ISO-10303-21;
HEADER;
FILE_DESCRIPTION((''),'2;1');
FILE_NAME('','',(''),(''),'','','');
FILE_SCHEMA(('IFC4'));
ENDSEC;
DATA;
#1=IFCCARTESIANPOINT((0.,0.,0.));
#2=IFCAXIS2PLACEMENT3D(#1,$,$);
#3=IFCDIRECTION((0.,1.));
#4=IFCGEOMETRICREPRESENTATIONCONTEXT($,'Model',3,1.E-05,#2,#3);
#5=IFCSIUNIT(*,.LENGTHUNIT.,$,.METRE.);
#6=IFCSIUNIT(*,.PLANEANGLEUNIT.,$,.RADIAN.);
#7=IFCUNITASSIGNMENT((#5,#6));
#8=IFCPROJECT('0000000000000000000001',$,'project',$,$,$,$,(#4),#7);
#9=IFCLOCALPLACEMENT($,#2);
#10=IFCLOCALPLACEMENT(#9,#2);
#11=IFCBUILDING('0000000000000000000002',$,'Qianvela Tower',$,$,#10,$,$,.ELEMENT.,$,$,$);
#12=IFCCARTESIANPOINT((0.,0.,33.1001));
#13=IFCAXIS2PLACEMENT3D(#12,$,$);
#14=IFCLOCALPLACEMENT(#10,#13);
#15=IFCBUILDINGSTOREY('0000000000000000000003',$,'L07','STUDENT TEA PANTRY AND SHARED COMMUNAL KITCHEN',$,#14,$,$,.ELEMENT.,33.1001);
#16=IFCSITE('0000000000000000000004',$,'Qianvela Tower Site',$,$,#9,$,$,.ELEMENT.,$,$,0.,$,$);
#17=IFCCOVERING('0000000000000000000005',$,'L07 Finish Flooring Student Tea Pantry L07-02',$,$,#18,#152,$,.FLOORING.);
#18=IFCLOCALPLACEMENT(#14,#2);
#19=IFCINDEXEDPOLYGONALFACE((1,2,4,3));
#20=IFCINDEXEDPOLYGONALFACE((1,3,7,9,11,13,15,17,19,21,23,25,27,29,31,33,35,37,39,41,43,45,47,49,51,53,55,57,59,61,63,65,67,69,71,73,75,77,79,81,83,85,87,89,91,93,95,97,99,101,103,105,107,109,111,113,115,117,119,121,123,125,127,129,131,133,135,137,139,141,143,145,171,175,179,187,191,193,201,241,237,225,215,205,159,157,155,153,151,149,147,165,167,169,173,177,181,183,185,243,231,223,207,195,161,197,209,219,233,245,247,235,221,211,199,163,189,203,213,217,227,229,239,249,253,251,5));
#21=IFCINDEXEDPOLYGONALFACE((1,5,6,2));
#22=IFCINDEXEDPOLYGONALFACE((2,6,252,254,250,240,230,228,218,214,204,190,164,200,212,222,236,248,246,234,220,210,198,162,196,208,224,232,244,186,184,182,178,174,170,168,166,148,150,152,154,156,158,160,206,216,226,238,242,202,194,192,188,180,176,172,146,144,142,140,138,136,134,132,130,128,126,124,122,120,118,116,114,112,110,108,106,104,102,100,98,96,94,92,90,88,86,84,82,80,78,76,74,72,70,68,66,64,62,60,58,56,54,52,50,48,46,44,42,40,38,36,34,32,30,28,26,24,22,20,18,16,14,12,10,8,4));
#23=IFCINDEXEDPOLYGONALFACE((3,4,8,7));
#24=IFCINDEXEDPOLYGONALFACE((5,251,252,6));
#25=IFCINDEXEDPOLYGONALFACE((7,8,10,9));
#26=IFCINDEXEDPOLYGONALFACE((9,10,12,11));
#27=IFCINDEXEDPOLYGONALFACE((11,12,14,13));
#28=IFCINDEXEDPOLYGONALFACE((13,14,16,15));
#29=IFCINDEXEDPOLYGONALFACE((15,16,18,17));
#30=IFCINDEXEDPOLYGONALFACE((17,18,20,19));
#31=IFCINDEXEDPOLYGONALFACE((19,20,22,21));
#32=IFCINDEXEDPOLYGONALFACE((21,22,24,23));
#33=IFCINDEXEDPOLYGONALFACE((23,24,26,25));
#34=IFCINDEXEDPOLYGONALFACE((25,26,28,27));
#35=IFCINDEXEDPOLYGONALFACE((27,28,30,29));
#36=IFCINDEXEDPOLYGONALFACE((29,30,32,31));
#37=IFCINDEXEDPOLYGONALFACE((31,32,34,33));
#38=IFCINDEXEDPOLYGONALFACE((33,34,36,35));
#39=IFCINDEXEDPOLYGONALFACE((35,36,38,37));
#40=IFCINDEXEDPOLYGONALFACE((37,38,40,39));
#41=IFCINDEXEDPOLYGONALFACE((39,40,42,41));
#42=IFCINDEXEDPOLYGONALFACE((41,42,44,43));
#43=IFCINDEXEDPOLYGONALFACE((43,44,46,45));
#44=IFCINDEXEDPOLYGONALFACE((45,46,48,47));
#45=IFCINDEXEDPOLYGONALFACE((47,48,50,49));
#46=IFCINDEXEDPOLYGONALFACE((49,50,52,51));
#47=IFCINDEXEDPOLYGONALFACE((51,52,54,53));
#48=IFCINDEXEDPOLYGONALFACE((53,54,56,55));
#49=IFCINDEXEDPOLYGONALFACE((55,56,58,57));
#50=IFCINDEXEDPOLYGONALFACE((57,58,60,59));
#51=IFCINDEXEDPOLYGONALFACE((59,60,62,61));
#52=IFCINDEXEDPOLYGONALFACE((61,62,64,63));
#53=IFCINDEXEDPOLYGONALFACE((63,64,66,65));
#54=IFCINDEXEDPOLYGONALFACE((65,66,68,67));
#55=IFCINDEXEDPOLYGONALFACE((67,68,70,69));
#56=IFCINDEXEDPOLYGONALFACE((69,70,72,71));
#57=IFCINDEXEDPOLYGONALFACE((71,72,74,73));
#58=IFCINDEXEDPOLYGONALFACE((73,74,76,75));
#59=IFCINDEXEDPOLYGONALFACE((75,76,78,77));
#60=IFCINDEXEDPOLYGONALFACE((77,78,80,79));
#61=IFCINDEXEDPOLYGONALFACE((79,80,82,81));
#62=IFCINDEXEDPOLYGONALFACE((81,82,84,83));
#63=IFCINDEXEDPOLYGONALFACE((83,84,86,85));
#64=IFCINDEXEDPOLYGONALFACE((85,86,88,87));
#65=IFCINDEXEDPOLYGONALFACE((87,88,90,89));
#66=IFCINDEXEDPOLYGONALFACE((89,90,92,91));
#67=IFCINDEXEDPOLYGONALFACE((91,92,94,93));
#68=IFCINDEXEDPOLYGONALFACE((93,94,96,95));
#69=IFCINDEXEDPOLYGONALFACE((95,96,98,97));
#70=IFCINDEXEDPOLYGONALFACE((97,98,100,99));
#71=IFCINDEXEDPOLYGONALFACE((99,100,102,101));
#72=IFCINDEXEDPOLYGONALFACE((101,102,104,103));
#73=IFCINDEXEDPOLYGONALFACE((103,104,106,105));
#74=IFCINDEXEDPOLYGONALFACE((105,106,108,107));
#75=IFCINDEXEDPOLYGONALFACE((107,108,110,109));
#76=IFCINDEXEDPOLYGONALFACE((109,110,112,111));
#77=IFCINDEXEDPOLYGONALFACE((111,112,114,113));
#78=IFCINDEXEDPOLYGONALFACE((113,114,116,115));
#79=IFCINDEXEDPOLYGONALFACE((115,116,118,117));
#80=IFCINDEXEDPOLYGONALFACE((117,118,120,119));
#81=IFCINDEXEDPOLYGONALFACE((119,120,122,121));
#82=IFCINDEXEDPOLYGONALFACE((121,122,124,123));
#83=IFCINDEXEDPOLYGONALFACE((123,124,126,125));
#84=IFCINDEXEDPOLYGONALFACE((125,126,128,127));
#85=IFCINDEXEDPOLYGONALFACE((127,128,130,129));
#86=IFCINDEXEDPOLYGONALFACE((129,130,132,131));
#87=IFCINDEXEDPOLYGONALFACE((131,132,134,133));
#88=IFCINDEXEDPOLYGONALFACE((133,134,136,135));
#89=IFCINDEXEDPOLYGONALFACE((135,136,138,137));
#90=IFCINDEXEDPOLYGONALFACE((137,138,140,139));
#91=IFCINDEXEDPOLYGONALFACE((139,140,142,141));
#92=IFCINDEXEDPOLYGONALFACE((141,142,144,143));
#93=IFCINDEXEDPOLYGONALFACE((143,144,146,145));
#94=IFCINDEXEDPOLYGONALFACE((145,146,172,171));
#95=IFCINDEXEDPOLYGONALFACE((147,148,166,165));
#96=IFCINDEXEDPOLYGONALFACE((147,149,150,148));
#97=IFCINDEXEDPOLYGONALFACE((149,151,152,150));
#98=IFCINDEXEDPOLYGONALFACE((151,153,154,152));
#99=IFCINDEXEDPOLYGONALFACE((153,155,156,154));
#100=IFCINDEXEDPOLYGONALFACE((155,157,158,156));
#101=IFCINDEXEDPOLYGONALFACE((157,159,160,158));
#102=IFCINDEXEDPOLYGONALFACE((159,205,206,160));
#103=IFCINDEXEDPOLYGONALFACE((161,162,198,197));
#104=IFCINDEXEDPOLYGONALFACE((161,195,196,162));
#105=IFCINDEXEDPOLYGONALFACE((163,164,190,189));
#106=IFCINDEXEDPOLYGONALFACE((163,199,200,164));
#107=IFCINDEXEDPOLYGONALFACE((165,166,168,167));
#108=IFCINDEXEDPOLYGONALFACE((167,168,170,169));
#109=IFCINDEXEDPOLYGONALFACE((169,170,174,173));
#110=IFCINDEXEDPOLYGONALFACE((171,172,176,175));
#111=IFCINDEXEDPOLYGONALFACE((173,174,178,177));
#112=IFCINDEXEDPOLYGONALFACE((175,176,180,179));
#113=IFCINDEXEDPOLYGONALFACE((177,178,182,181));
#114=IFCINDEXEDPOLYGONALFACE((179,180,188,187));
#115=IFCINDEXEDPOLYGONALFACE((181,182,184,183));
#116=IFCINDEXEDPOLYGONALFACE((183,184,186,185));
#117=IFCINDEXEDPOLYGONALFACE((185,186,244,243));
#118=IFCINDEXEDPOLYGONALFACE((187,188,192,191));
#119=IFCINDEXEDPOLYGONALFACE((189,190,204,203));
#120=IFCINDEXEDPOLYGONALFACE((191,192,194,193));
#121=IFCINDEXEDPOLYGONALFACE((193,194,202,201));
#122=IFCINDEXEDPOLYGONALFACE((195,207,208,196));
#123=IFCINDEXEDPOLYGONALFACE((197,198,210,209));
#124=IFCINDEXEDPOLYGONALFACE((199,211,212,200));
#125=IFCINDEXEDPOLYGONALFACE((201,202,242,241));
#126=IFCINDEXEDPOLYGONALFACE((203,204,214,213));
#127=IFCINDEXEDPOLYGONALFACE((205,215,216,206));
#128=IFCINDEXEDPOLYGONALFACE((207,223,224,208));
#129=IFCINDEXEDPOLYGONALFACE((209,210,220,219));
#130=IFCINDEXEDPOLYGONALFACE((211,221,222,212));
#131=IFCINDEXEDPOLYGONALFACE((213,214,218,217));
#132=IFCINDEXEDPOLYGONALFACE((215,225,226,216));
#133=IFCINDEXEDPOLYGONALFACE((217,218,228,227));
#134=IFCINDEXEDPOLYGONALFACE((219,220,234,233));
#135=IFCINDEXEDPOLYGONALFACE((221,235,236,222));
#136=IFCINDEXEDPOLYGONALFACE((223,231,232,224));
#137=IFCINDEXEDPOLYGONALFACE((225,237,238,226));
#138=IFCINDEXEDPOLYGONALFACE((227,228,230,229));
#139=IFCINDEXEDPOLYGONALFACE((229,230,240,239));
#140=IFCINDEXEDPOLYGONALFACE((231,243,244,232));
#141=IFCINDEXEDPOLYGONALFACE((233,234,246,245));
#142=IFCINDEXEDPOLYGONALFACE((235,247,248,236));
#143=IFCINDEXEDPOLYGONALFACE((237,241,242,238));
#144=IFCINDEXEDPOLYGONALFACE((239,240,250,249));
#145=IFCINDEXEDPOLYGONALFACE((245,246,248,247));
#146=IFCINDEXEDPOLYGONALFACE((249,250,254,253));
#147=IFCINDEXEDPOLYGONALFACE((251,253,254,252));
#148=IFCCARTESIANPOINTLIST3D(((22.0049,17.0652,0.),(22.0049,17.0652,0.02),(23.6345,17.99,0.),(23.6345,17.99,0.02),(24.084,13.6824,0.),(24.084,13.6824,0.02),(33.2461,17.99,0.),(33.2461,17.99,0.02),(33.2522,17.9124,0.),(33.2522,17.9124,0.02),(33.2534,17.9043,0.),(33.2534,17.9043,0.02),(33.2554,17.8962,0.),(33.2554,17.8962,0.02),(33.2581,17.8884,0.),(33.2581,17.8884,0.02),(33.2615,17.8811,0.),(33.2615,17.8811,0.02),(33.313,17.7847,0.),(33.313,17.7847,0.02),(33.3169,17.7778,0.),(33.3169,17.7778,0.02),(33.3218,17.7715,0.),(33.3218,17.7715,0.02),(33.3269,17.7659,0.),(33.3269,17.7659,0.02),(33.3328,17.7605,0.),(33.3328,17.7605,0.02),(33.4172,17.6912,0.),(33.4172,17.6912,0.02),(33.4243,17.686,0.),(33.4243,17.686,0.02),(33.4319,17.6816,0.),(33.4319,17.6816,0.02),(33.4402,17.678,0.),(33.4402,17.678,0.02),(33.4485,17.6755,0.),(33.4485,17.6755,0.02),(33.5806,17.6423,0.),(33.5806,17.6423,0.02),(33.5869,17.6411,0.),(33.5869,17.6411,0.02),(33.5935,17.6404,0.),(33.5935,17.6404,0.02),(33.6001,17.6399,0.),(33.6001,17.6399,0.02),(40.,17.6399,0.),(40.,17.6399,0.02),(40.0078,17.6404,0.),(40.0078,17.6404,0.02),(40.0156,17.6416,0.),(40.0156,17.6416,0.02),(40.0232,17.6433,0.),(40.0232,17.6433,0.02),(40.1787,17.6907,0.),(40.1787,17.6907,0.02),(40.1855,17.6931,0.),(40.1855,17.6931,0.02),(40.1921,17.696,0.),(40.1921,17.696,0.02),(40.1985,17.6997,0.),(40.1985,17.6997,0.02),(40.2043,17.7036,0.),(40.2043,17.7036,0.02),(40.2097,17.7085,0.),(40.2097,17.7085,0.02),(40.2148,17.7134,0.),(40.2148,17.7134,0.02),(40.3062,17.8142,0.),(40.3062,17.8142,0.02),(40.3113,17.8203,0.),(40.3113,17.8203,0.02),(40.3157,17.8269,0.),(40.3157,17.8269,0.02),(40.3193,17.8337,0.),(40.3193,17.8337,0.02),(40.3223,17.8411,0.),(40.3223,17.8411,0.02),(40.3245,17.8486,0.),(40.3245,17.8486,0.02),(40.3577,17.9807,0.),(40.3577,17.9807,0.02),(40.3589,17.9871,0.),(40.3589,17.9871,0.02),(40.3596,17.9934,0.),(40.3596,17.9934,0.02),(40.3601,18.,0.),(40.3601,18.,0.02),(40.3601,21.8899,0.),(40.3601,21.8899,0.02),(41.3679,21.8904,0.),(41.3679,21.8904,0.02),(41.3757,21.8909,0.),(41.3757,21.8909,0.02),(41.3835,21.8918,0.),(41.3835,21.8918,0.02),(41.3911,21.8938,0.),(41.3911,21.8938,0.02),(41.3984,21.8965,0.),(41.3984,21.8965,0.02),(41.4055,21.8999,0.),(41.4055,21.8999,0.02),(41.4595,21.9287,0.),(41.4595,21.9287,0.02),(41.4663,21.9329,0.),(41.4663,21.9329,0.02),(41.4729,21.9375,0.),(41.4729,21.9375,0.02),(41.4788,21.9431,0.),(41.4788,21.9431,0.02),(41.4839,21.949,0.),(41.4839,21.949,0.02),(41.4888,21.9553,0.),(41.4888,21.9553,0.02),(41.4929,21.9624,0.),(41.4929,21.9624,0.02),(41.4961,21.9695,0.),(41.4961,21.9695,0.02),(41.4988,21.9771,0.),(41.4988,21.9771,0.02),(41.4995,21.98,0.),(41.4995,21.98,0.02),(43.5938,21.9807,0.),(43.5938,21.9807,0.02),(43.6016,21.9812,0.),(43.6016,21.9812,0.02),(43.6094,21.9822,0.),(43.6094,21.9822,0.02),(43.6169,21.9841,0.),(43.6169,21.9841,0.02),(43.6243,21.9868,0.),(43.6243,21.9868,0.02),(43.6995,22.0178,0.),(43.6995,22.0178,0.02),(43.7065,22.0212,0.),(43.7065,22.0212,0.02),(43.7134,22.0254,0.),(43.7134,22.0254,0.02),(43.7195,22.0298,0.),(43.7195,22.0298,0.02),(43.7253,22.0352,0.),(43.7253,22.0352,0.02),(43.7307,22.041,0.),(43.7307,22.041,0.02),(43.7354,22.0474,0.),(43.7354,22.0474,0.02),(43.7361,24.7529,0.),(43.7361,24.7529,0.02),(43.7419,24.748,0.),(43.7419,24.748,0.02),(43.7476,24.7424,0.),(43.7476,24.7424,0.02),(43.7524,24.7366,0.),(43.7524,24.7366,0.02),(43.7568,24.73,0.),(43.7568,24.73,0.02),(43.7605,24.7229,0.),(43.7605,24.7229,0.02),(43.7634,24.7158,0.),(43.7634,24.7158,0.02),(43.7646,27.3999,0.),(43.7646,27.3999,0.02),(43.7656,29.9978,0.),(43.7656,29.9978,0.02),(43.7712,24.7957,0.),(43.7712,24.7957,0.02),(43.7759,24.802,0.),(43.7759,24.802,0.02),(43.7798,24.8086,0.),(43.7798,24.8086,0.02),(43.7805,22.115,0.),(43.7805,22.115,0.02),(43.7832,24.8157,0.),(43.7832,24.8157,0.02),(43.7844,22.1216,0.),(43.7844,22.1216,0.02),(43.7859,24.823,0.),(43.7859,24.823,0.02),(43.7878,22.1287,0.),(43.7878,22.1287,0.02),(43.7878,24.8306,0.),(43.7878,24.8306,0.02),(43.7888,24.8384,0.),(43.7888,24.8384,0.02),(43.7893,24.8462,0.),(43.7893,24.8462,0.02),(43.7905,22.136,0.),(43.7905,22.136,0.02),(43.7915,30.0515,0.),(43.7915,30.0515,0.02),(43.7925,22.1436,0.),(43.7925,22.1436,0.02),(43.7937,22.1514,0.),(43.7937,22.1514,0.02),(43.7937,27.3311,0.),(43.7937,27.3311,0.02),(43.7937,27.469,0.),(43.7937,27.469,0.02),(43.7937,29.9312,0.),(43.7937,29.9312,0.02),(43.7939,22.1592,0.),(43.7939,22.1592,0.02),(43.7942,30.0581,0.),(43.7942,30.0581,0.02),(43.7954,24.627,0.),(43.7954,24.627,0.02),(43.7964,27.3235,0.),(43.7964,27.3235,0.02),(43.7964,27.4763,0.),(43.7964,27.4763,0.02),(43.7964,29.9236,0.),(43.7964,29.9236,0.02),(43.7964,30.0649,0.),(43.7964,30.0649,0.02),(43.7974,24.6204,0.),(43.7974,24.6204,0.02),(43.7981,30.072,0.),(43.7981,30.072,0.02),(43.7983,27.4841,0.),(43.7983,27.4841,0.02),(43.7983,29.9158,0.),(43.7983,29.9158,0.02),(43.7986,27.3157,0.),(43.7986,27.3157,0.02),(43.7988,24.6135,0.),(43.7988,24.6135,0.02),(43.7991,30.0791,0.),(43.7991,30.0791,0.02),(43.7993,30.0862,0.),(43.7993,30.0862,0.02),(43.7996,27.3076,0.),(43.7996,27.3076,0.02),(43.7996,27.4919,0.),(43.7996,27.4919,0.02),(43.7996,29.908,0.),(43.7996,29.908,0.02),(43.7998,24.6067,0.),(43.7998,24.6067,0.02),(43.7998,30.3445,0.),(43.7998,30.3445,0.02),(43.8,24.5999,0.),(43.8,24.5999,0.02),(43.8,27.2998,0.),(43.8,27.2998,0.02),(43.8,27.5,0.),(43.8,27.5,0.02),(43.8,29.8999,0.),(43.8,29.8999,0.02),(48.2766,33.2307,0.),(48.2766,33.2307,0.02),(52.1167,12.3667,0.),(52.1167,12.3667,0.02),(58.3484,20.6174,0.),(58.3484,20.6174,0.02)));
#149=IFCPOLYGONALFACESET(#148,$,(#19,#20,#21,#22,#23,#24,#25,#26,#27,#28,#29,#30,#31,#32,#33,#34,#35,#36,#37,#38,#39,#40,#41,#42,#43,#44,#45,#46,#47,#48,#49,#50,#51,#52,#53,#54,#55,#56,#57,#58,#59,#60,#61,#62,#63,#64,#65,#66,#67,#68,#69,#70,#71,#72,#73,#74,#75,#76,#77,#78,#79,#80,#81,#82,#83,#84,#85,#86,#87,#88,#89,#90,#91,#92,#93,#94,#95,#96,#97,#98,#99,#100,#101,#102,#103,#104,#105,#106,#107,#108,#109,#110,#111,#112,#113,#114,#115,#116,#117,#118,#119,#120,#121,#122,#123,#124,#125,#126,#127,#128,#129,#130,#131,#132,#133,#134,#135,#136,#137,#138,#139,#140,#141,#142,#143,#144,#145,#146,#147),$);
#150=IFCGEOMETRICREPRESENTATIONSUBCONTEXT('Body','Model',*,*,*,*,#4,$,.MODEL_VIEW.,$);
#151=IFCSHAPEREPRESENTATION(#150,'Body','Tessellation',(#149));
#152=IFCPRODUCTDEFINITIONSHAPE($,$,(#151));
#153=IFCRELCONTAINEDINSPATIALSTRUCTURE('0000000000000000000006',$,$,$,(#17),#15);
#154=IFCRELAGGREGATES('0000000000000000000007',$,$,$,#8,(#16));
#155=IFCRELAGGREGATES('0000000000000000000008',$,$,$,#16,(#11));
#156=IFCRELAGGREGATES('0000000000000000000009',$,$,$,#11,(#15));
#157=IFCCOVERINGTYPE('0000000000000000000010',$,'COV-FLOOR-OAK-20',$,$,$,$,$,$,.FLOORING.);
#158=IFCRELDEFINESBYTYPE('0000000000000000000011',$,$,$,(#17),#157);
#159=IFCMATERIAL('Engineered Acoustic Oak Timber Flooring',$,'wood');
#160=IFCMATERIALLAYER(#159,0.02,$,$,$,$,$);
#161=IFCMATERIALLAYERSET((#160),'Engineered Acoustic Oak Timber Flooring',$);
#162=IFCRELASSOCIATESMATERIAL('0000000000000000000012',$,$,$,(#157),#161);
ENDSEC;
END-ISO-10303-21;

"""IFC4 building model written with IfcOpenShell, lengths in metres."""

from ifc_helpers import new_model, si_unit, direction, frame, origin, place, context, subcontext, project, spatial, polyline, outline, extrude, material, layer, layer_set, type_object, element, save


model = new_model("IFC4")

# Units and contexts
model_context = context("Model", 3, precision=1e-05, world=origin(), true_north=direction((0.0, 1.0)))
body_context = subcontext(model_context, "Body", "Model", "MODEL_VIEW")
ifc_project = project(units=[si_unit("LENGTHUNIT", "METRE"), si_unit("PLANEANGLEUNIT", "RADIAN")], contexts=[model_context])

# Site, building, storey
site_placement = place(None, origin())
site = spatial("IfcSite", under=ifc_project, at=site_placement, Name="Qianvela Tower Site", CompositionType="ELEMENT", RefElevation=0.0)
building_placement = place(site_placement, origin())
building = spatial("IfcBuilding", under=site, at=building_placement, Name="Qianvela Tower", CompositionType="ELEMENT")
storey_placement = place(building_placement, frame((0.0, 0.0, 33.1001)))
storey = spatial("IfcBuildingStorey", under=building, at=storey_placement, Name="L07", Description="STUDENT TEA PANTRY AND SHARED COMMUNAL KITCHEN", CompositionType="ELEMENT", Elevation=33.1001)

# Covering
ifc_material_1 = material(Name="Engineered Acoustic Oak Timber Flooring", Category="wood")
ifc_layer_1 = layer(ifc_material_1, 0.02)
ifc_layer_set_1 = layer_set([ifc_layer_1], Name="Engineered Acoustic Oak Timber Flooring")
covering_type_1 = type_object("IfcCoveringType", Name="COV-FLOOR-OAK-20", PredefinedType="FLOORING", material=ifc_layer_set_1)
covering_1_placement = place(storey_placement, origin())
element("IfcCovering", 1, at=covering_1_placement, inside=storey, type_object=covering_type_1, Name="L07 Finish Flooring Student Tea Pantry L07-02", PredefinedType="FLOORING", context=body_context, shape_type="SweptSolid", body=[
    extrude(outline(polyline([(23.6345, 17.99), (33.2461, 17.99), (33.2522, 17.9124), (33.2534, 17.9043), (33.2554, 17.8962), (33.2581, 17.8884), (33.2615, 17.8811), (33.313, 17.7847), (33.3169, 17.7778), (33.3218, 17.7715), (33.3269, 17.7659), (33.3328, 17.7605), (33.4172, 17.6912), (33.4243, 17.686), (33.4319, 17.6816), (33.4402, 17.678), (33.4485, 17.6755), (33.5806, 17.6423), (33.5869, 17.6411), (33.5935, 17.6404), (33.6001, 17.6399), (40.0, 17.6399), (40.0078, 17.6404), (40.0156, 17.6416), (40.0232, 17.6433), (40.1787, 17.6907), (40.1855, 17.6931), (40.1921, 17.696), (40.1985, 17.6997), (40.2043, 17.7036), (40.2097, 17.7085), (40.2148, 17.7134), (40.3062, 17.8142), (40.3113, 17.8203), (40.3157, 17.8269), (40.3193, 17.8337), (40.3223, 17.8411), (40.3245, 17.8486), (40.3577, 17.9807), (40.3589, 17.9871), (40.3596, 17.9934), (40.3601, 18.0), (40.3601, 21.8899), (41.3679, 21.8904), (41.3757, 21.8909), (41.3835, 21.8918), (41.3911, 21.8938), (41.3984, 21.8965), (41.4055, 21.8999), (41.4595, 21.9287), (41.4663, 21.9329), (41.4729, 21.9375), (41.4788, 21.9431), (41.4839, 21.949), (41.4888, 21.9553), (41.4929, 21.9624), (41.4961, 21.9695), (41.4988, 21.9771), (41.4995, 21.98), (43.5938, 21.9807), (43.6016, 21.9812), (43.6094, 21.9822), (43.6169, 21.9841), (43.6243, 21.9868), (43.6995, 22.0178), (43.7065, 22.0212), (43.7134, 22.0254), (43.7195, 22.0298), (43.7253, 22.0352), (43.7307, 22.041), (43.7354, 22.0474), (43.7805, 22.115), (43.7844, 22.1216), (43.7878, 22.1287), (43.7905, 22.136), (43.7925, 22.1436), (43.7937, 22.1514), (43.7939, 22.1592), (43.8, 24.5999), (43.7998, 24.6067), (43.7988, 24.6135), (43.7974, 24.6204), (43.7954, 24.627), (43.7634, 24.7158), (43.7605, 24.7229), (43.7568, 24.73), (43.7524, 24.7366), (43.7476, 24.7424), (43.7419, 24.748), (43.7361, 24.7529), (43.7712, 24.7957), (43.7759, 24.802), (43.7798, 24.8086), (43.7832, 24.8157), (43.7859, 24.823), (43.7878, 24.8306), (43.7888, 24.8384), (43.7893, 24.8462), (43.8, 27.2998), (43.7996, 27.3076), (43.7986, 27.3157), (43.7964, 27.3235), (43.7937, 27.3311), (43.7646, 27.3999), (43.7937, 27.469), (43.7964, 27.4763), (43.7983, 27.4841), (43.7996, 27.4919), (43.8, 27.5), (43.8, 29.8999), (43.7996, 29.908), (43.7983, 29.9158), (43.7964, 29.9236), (43.7937, 29.9312), (43.7656, 29.9978), (43.7915, 30.0515), (43.7942, 30.0581), (43.7964, 30.0649), (43.7981, 30.072), (43.7991, 30.0791), (43.7993, 30.0862), (43.7998, 30.3445), (48.2766, 33.2307), (58.3484, 20.6174), (52.1167, 12.3667), (24.084, 13.6824), (22.0049, 17.0652), (23.6345, 17.99)])), origin(), (0.0, 0.0, 1.0), 0.02),
])

save(model, "model.ifc")
